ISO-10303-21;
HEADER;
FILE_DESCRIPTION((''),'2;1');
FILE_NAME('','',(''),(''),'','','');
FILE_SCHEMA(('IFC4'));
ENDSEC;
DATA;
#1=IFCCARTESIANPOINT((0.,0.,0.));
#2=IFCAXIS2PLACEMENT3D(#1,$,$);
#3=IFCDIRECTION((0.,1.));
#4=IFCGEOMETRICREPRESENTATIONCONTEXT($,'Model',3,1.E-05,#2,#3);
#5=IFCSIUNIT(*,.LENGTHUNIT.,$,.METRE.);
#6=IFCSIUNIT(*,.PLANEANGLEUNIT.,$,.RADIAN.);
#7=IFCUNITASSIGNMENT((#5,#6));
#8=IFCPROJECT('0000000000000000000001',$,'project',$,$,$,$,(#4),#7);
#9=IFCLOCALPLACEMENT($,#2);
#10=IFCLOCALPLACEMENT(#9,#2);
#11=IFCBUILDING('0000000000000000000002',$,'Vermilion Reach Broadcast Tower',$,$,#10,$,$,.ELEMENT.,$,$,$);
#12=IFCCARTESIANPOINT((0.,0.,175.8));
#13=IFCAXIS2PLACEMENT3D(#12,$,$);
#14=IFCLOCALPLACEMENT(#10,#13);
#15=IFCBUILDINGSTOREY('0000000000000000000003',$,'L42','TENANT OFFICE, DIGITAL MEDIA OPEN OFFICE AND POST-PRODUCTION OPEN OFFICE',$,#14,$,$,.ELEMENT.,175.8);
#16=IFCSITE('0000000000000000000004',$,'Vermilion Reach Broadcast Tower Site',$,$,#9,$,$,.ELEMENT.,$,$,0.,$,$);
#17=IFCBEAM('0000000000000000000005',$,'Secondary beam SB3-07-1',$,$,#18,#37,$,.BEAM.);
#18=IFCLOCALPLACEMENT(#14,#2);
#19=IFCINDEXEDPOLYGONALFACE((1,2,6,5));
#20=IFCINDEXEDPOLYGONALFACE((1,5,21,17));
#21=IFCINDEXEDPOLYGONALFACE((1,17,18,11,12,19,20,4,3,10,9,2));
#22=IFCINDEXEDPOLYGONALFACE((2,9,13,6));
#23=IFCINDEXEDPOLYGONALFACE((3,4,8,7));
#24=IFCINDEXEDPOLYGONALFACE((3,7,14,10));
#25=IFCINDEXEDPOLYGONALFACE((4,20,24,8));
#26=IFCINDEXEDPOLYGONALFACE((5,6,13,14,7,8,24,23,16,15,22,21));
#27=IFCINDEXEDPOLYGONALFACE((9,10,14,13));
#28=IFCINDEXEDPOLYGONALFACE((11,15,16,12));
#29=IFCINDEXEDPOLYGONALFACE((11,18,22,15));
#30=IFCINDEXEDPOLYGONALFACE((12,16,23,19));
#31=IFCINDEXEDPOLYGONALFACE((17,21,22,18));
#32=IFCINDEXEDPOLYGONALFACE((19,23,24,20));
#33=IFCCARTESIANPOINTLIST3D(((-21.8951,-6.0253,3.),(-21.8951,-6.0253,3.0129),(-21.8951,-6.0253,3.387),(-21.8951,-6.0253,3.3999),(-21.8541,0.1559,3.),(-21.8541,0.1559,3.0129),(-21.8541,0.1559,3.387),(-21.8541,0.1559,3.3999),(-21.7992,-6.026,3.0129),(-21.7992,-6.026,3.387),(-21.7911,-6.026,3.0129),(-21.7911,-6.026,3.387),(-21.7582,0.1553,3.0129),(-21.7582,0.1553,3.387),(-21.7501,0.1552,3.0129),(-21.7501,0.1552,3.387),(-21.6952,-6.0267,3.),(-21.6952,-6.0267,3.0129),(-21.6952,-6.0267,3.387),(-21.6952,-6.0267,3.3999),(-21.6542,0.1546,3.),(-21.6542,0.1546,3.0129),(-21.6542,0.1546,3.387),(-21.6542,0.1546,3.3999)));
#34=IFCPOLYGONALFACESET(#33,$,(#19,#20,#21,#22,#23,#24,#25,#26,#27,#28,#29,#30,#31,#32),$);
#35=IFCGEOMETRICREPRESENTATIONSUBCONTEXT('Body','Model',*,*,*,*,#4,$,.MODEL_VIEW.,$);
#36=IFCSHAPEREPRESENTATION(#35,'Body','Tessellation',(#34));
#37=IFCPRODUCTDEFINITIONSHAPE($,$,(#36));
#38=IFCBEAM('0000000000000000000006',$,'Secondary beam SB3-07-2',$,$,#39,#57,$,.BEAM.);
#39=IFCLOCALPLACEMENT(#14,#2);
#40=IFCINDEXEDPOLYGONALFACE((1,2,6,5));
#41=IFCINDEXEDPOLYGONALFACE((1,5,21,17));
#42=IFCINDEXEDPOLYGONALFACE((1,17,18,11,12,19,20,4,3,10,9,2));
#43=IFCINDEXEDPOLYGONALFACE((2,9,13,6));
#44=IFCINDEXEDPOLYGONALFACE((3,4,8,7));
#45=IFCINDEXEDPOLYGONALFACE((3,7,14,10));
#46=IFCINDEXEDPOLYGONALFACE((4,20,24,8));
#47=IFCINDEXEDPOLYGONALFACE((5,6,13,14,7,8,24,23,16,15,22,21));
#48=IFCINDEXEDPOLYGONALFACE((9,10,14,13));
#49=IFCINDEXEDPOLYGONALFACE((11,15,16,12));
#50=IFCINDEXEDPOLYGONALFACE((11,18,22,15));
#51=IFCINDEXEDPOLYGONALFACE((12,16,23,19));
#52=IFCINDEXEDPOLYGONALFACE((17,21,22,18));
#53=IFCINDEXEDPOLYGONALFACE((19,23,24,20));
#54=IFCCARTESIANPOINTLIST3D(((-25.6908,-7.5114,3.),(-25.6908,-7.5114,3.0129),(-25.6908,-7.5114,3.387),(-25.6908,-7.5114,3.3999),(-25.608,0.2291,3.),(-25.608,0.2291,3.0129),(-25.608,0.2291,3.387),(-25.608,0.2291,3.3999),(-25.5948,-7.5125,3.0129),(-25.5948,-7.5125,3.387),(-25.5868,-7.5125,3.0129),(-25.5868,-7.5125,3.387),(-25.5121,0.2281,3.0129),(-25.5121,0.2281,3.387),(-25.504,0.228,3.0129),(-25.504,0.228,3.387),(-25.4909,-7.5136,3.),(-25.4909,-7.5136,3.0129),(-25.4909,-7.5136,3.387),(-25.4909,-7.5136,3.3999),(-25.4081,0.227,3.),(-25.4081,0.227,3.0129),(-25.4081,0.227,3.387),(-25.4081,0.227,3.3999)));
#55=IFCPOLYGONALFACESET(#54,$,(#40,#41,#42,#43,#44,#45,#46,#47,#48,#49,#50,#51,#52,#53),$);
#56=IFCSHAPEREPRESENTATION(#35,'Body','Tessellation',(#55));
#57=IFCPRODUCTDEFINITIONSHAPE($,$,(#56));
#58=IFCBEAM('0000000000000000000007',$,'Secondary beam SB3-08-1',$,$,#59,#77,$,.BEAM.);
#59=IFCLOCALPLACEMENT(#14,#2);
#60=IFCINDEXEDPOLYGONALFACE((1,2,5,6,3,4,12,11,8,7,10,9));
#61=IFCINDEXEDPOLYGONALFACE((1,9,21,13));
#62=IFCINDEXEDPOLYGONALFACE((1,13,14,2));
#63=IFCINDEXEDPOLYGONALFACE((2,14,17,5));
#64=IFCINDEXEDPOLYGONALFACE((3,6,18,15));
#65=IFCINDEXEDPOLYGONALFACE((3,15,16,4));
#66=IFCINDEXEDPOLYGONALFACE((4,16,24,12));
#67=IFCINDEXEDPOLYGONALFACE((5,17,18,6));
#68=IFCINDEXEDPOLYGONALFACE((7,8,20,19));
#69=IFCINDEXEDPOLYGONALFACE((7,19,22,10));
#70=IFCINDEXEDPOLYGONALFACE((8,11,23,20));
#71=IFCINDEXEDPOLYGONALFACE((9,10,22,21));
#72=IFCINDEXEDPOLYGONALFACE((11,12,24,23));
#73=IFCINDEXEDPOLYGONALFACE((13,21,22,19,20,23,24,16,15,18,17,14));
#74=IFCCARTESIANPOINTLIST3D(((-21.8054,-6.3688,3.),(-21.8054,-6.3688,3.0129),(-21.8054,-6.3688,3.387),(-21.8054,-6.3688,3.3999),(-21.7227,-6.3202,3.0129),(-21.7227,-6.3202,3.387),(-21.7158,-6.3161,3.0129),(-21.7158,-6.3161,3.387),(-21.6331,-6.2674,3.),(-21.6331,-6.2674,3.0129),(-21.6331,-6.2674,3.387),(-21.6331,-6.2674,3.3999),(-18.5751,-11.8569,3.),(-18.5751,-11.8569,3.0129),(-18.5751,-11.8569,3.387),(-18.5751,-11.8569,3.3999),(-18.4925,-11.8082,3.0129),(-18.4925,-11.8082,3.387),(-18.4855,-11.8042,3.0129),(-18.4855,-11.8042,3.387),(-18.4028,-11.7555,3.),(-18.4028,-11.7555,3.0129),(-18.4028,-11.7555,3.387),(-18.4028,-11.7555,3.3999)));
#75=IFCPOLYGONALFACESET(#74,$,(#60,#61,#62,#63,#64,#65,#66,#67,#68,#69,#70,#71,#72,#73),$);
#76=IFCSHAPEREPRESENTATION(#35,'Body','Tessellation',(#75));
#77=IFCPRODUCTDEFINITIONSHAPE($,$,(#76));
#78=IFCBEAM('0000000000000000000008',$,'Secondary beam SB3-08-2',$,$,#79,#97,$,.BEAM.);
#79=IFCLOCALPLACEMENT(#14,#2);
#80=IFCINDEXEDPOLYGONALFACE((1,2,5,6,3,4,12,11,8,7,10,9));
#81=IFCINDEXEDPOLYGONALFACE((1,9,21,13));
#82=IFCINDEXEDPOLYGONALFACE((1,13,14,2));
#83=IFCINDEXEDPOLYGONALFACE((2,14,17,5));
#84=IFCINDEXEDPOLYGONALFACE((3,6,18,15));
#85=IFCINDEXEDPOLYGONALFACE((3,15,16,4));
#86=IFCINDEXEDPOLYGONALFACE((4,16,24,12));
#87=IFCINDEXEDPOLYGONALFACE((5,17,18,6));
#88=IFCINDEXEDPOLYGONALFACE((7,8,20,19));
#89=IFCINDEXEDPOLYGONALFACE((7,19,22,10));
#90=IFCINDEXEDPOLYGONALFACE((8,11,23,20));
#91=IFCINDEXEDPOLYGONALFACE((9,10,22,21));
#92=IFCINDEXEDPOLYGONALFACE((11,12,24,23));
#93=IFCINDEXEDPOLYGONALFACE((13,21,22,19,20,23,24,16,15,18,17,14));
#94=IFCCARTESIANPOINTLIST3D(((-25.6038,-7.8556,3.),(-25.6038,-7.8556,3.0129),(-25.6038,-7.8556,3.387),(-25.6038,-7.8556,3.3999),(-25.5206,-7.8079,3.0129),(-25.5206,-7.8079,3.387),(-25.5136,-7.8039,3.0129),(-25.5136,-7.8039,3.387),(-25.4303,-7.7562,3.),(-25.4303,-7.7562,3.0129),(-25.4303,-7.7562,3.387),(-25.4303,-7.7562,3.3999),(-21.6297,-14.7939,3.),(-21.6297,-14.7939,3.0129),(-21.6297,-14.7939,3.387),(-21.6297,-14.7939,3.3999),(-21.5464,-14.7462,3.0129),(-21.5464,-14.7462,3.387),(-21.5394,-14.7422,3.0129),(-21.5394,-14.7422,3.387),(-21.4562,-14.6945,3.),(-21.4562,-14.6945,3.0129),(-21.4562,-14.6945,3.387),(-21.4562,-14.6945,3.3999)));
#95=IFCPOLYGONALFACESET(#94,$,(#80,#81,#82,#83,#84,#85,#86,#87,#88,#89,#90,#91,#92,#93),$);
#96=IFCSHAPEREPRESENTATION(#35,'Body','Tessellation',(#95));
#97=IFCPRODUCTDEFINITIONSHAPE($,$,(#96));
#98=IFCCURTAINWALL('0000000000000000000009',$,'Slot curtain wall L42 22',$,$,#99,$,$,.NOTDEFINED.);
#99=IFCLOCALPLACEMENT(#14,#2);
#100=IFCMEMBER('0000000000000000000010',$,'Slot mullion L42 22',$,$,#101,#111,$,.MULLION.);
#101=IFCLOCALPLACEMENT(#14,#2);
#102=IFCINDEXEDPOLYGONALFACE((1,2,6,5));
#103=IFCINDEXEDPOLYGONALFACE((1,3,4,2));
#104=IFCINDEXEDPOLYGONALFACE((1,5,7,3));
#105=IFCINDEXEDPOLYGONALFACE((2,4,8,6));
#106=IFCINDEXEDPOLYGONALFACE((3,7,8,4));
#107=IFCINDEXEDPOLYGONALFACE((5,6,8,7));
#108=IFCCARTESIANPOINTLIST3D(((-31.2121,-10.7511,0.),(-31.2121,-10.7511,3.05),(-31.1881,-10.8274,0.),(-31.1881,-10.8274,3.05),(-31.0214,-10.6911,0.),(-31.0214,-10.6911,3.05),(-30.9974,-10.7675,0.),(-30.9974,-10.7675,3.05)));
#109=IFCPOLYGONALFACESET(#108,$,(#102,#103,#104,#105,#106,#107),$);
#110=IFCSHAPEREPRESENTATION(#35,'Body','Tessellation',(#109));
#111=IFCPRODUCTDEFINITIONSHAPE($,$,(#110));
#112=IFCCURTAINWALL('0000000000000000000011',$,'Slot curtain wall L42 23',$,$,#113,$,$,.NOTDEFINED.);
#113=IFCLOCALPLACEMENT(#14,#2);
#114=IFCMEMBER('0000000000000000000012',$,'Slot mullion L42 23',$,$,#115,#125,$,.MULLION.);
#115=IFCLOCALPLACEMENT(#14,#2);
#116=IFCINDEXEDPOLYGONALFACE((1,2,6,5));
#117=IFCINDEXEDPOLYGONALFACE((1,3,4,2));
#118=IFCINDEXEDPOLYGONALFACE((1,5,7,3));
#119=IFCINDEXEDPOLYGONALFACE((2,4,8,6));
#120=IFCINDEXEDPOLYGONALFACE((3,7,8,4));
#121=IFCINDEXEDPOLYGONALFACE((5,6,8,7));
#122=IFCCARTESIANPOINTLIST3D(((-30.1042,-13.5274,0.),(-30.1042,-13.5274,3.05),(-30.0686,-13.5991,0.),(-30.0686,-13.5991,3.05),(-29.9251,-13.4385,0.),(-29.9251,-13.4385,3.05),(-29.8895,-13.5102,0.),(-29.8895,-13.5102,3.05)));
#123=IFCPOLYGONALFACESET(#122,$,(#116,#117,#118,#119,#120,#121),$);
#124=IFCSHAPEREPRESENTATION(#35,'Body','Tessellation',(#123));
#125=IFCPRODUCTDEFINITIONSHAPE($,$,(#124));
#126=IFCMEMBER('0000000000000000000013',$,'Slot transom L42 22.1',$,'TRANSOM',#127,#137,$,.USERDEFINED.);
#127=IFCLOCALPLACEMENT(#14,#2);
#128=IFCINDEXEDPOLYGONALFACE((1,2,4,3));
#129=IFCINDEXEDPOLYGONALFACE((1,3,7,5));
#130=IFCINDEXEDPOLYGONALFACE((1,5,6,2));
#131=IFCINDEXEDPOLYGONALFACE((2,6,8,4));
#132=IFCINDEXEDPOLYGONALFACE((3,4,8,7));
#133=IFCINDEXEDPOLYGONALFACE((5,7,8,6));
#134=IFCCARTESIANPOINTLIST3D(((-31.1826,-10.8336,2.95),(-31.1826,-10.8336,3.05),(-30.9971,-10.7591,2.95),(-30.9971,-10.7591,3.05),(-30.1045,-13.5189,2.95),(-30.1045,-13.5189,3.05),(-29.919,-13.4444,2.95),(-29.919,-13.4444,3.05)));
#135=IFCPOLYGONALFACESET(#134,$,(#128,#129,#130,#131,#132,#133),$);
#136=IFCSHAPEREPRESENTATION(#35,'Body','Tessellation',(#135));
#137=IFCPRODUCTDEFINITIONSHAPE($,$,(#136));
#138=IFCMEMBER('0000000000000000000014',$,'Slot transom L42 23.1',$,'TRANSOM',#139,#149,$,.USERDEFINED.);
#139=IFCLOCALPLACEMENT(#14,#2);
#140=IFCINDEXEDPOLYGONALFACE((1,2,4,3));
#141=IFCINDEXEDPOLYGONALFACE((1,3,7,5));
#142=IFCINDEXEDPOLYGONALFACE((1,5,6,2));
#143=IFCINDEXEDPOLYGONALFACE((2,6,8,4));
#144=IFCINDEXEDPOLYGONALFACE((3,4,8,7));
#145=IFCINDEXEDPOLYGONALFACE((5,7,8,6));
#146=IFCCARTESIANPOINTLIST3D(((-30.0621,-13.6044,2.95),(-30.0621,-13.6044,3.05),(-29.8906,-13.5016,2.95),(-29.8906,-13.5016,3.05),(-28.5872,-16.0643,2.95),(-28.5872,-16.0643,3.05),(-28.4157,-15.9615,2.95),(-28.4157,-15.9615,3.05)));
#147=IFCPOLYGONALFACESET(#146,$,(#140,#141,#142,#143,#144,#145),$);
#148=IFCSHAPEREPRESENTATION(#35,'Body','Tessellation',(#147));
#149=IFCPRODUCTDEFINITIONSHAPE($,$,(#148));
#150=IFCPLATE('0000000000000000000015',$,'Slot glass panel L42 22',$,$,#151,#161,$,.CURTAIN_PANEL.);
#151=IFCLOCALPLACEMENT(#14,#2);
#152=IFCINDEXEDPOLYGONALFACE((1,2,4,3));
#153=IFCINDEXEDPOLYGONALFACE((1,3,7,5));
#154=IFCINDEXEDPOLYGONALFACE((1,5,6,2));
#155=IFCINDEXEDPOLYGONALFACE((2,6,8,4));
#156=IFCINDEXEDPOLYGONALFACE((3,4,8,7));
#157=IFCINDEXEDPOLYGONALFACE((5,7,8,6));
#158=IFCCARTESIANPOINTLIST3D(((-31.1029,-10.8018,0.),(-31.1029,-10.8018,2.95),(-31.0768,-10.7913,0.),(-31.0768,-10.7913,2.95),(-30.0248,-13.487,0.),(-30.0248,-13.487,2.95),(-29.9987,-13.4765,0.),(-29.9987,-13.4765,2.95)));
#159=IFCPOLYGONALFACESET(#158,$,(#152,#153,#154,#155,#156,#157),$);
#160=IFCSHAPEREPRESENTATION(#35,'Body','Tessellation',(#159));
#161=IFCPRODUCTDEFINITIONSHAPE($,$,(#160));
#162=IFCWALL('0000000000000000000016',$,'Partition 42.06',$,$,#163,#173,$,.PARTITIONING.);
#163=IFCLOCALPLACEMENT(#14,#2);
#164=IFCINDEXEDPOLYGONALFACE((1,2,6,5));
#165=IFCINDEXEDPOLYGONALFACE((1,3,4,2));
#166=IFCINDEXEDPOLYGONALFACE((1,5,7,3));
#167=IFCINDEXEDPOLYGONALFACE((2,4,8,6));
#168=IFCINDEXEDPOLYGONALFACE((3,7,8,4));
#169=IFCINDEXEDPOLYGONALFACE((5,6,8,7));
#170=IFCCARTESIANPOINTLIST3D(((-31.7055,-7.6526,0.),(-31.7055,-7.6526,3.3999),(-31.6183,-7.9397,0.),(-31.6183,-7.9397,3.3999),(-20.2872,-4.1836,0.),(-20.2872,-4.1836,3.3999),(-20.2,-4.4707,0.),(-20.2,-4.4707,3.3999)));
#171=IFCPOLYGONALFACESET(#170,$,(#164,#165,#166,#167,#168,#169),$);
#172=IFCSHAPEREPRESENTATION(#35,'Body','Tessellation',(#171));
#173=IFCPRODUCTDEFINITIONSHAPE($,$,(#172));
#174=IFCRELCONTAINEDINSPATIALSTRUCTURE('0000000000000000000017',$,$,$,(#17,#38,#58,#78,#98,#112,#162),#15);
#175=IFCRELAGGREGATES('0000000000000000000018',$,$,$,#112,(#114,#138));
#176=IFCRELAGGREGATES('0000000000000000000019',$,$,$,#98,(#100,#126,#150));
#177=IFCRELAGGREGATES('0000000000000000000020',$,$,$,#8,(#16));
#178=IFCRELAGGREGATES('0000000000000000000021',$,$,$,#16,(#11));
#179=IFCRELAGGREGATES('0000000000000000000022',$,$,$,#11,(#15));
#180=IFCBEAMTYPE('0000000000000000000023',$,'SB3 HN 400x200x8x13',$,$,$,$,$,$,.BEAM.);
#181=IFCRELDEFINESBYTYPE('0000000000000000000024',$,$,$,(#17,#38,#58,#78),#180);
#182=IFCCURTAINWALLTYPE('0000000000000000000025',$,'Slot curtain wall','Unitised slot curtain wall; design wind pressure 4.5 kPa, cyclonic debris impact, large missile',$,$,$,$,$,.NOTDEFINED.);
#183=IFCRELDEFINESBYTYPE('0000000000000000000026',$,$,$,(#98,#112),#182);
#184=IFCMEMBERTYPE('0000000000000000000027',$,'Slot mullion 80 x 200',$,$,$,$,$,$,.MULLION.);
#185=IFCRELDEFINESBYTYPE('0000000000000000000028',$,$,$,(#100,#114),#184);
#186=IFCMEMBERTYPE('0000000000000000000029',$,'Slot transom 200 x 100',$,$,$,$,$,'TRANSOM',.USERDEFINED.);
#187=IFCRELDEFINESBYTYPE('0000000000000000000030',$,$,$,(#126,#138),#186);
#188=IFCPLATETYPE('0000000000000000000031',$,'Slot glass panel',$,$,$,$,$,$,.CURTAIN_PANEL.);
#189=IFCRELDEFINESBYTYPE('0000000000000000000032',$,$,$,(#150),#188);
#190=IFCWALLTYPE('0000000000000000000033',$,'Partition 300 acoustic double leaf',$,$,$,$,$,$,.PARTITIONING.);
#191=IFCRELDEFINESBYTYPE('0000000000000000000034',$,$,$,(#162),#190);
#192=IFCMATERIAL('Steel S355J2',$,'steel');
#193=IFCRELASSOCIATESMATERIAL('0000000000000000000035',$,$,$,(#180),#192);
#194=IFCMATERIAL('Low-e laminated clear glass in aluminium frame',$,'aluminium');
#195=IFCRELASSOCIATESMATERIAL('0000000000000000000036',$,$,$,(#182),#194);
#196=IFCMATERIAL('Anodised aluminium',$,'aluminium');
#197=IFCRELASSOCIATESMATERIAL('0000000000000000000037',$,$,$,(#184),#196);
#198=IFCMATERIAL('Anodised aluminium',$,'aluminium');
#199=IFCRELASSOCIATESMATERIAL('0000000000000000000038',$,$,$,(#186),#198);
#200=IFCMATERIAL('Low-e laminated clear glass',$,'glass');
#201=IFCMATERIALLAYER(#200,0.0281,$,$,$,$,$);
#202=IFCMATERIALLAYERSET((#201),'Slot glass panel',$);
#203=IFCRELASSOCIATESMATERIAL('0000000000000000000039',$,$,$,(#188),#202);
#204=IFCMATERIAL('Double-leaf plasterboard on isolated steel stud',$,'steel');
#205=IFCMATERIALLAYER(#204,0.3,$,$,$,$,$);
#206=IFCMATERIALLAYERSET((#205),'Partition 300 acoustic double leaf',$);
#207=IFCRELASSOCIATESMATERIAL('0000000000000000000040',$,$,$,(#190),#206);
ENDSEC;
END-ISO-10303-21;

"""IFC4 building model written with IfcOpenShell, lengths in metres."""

from ifc_helpers import new_model, si_unit, direction, frame, frame_2d, origin, origin_2d, place, context, subcontext, project, spatial, rectangle, i_section, extrude, material, layer, layer_set, material_profile, profile_set, type_object, element, aggregate, save


model = new_model("IFC4")

# Units and contexts
model_context = context("Model", 3, precision=1e-05, world=origin(), true_north=direction((0.0, 1.0)))
body_context = subcontext(model_context, "Body", "Model", "MODEL_VIEW")
ifc_project = project(units=[si_unit("LENGTHUNIT", "METRE"), si_unit("PLANEANGLEUNIT", "RADIAN")], contexts=[model_context])

# Site, building, storey
site_placement = place(None, origin())
site = spatial("IfcSite", under=ifc_project, at=site_placement, Name="Vermilion Reach Broadcast Tower Site", CompositionType="ELEMENT", RefElevation=0.0)
building_placement = place(site_placement, origin())
building = spatial("IfcBuilding", under=site, at=building_placement, Name="Vermilion Reach Broadcast Tower", CompositionType="ELEMENT")
storey_placement = place(building_placement, frame((0.0, 0.0, 175.8)))
storey = spatial("IfcBuildingStorey", under=building, at=storey_placement, Name="L42", Description="TENANT OFFICE, DIGITAL MEDIA OPEN OFFICE AND POST-PRODUCTION OPEN OFFICE", CompositionType="ELEMENT", Elevation=175.8)

# Beams
ifc_material_1 = material(Name="Steel S355J2", Category="steel")
ifc_material_profile_1 = material_profile(ifc_material_1, i_section(OverallWidth=0.2, OverallDepth=0.3999, WebThickness=0.0081, FlangeThickness=0.0129, at=origin_2d()), Name="S355J2 HN 400x200x8x13")
ifc_profile_set_1 = profile_set([ifc_material_profile_1], Name="Steel S355J2")
beam_type_1 = type_object("IfcBeamType", Name="SB3 HN 400x200x8x13", PredefinedType="BEAM", material=ifc_profile_set_1)
beam_1_placement = place(storey_placement, frame((-21.7542, 0.1553, 3.2), z_axis=(-0.006635, -0.999978, 0.0), x_axis=(0.999978, -0.006635, 0.0)))
element("IfcBeam", 1, at=beam_1_placement, inside=storey, type_object=beam_type_1, Name="Secondary beam SB3-07-1", PredefinedType="BEAM", context=body_context, shape_type="SweptSolid", body=[
    extrude(i_section(OverallWidth=0.2, OverallDepth=0.3999, WebThickness=0.0081, FlangeThickness=0.0129, at=origin_2d()), origin(), (0.0, 0.0, 1.0), 6.1814),
])
beam_2_placement = place(storey_placement, frame((-25.5081, 0.228, 3.2), z_axis=(-0.010692, -0.999943, 0.0), x_axis=(0.999943, -0.010692, 0.0)))
element("IfcBeam", 2, at=beam_2_placement, inside=storey, type_object=beam_type_1, Name="Secondary beam SB3-07-2", PredefinedType="BEAM", context=body_context, shape_type="SweptSolid", body=[
    extrude(i_section(OverallWidth=0.2, OverallDepth=0.3999, WebThickness=0.0081, FlangeThickness=0.0129, at=origin_2d()), origin(), (0.0, 0.0, 1.0), 7.741),
])
beam_3_placement = place(storey_placement, frame((-21.7192, -6.3181, 3.2), z_axis=(0.50725, -0.861799, 0.0), x_axis=(0.861799, 0.50725, 0.0)))
element("IfcBeam", 3, at=beam_3_placement, inside=storey, type_object=beam_type_1, Name="Secondary beam SB3-08-1", PredefinedType="BEAM", context=body_context, shape_type="SweptSolid", body=[
    extrude(i_section(OverallWidth=0.2, OverallDepth=0.3999, WebThickness=0.0081, FlangeThickness=0.0129, at=origin_2d()), origin(), (0.0, 0.0, 1.0), 6.3682),
])
beam_4_placement = place(storey_placement, frame((-25.5171, -7.8059, 3.2), z_axis=(0.497027, -0.867735, 0.0), x_axis=(0.867735, 0.497027, 0.0)))
element("IfcBeam", 4, at=beam_4_placement, inside=storey, type_object=beam_type_1, Name="Secondary beam SB3-08-2", PredefinedType="BEAM", context=body_context, shape_type="SweptSolid", body=[
    extrude(i_section(OverallWidth=0.2, OverallDepth=0.3999, WebThickness=0.0081, FlangeThickness=0.0129, at=origin_2d()), origin(), (0.0, 0.0, 1.0), 7.9958),
])

# Curtain walls, members
ifc_material_2 = material(Name="Low-e laminated clear glass in aluminium frame", Category="aluminium")
curtain_wall_type = type_object("IfcCurtainWallType", Name="Slot curtain wall", Description="Unitised slot curtain wall; design wind pressure 4.5 kPa, cyclonic debris impact, large missile", PredefinedType="NOTDEFINED", material=ifc_material_2)
placement = place(storey_placement, origin())
curtain_wall_1 = element("IfcCurtainWall", 5, at=placement, inside=storey, type_object=curtain_wall_type, Name="Slot curtain wall L42 22", PredefinedType="NOTDEFINED")
ifc_material_3 = material(Name="Anodised aluminium", Category="aluminium")
ifc_material_profile_2 = material_profile(ifc_material_3, rectangle(XDim=0.2, YDim=0.0801, at=origin_2d()), Name="Slot mullion 80 x 200")
ifc_profile_set_2 = profile_set([ifc_material_profile_2], Name="Anodised aluminium")
member_type_1 = type_object("IfcMemberType", Name="Slot mullion 80 x 200", PredefinedType="MULLION", material=ifc_profile_set_2)
member_1_placement = place(storey_placement, frame((-31.1047, -10.7593, 0.0), z_axis=(0.0, 0.0, 1.0), x_axis=(0.953997, 0.299816, 0.0)))
member_1 = element("IfcMember", 6, at=member_1_placement, type_object=member_type_1, Name="Slot mullion L42 22", PredefinedType="MULLION", context=body_context, shape_type="SweptSolid", body=[
    extrude(rectangle(XDim=0.2, YDim=0.0801, at=origin_2d()), origin(), (0.0, 0.0, 1.0), 3.05),
])
curtain_wall_2 = element("IfcCurtainWall", 7, at=placement, inside=storey, type_object=curtain_wall_type, Name="Slot curtain wall L42 23", PredefinedType="NOTDEFINED")
member_2_placement = place(storey_placement, frame((-29.9968, -13.5188, 0.0), z_axis=(0.0, 0.0, 1.0), x_axis=(0.895626, 0.444809, 0.0)))
member_2 = element("IfcMember", 8, at=member_2_placement, type_object=member_type_1, Name="Slot mullion L42 23", PredefinedType="MULLION", context=body_context, shape_type="SweptSolid", body=[
    extrude(rectangle(XDim=0.2, YDim=0.0801, at=origin_2d()), origin(), (0.0, 0.0, 1.0), 3.05),
])

# Members
ifc_material_4 = material(Name="Anodised aluminium", Category="aluminium")
ifc_material_profile_3 = material_profile(ifc_material_4, rectangle(XDim=0.2, YDim=0.1001, at=origin_2d()), Name="Slot transom 200 x 100")
ifc_profile_set_3 = profile_set([ifc_material_profile_3], Name="Anodised aluminium")
member_type_2 = type_object("IfcMemberType", Name="Slot transom 200 x 100", ElementType="TRANSOM", PredefinedType="USERDEFINED", material=ifc_profile_set_3)
member_3_placement = place(storey_placement, frame((-31.0898, -10.7964, 3.0), z_axis=(0.372583, -0.927999, 0.0), x_axis=(0.927999, 0.372583, 0.0)))
member_3 = element("IfcMember", 9, at=member_3_placement, type_object=member_type_2, Name="Slot transom L42 22.1", ObjectType="TRANSOM", PredefinedType="USERDEFINED", context=body_context, shape_type="SweptSolid", body=[
    extrude(rectangle(XDim=0.2, YDim=0.1001, at=origin_2d()), origin(), (0.0, 0.0, 1.0), 2.8936),
])
member_4_placement = place(storey_placement, frame((-29.9763, -13.553, 3.0), z_axis=(0.514208, -0.857666, 0.0), x_axis=(0.857666, 0.514208, 0.0)))
member_4 = element("IfcMember", 10, at=member_4_placement, type_object=member_type_2, Name="Slot transom L42 23.1", ObjectType="TRANSOM", PredefinedType="USERDEFINED", context=body_context, shape_type="SweptSolid", body=[
    extrude(rectangle(XDim=0.2, YDim=0.1001, at=origin_2d()), origin(), (0.0, 0.0, 1.0), 2.8682),
])
aggregate(curtain_wall_2, [member_2, member_4])

# Plate
ifc_material_5 = material(Name="Low-e laminated clear glass", Category="glass")
ifc_layer_1 = layer(ifc_material_5, 0.0281)
ifc_layer_set_1 = layer_set([ifc_layer_1], Name="Slot glass panel")
plate_type = type_object("IfcPlateType", Name="Slot glass panel", PredefinedType="CURTAIN_PANEL", material=ifc_layer_set_1)
plate_placement = place(storey_placement, frame((-30.5508, -12.1392, 0.0), z_axis=(0.0, 0.0, 1.0), x_axis=(0.37259, -0.927996, 0.0)))
plate = element("IfcPlate", 11, at=plate_placement, type_object=plate_type, Name="Slot glass panel L42 22", PredefinedType="CURTAIN_PANEL", context=body_context, shape_type="SweptSolid", body=[
    extrude(rectangle(XDim=2.8936, YDim=0.0281, at=origin_2d()), origin(), (0.0, 0.0, 1.0), 2.95),
])
aggregate(curtain_wall_1, [member_1, member_3, plate])

# Wall
ifc_material_6 = material(Name="Double-leaf plasterboard on isolated steel stud", Category="steel")
ifc_layer_2 = layer(ifc_material_6, 0.3)
ifc_layer_set_2 = layer_set([ifc_layer_2], Name="Partition 300 acoustic double leaf")
wall_type_1 = type_object("IfcWallType", Name="Partition 300 acoustic double leaf", PredefinedType="PARTITIONING", material=ifc_layer_set_2)
wall_1_placement = place(storey_placement, frame((-31.6619, -7.7961, 0.0), z_axis=(0.0, 0.0, 1.0), x_axis=(0.956816, 0.290693, 0.0)))
element("IfcWall", 12, at=wall_1_placement, inside=storey, type_object=wall_type_1, Name="Partition 42.06", PredefinedType="PARTITIONING", context=body_context, shape_type="SweptSolid", body=[
    extrude(rectangle(XDim=11.9336, YDim=0.3, at=frame_2d((5.9668, 0.0))), origin(), (0.0, 0.0, 1.0), 3.3999),
])

save(model, "model.ifc")
